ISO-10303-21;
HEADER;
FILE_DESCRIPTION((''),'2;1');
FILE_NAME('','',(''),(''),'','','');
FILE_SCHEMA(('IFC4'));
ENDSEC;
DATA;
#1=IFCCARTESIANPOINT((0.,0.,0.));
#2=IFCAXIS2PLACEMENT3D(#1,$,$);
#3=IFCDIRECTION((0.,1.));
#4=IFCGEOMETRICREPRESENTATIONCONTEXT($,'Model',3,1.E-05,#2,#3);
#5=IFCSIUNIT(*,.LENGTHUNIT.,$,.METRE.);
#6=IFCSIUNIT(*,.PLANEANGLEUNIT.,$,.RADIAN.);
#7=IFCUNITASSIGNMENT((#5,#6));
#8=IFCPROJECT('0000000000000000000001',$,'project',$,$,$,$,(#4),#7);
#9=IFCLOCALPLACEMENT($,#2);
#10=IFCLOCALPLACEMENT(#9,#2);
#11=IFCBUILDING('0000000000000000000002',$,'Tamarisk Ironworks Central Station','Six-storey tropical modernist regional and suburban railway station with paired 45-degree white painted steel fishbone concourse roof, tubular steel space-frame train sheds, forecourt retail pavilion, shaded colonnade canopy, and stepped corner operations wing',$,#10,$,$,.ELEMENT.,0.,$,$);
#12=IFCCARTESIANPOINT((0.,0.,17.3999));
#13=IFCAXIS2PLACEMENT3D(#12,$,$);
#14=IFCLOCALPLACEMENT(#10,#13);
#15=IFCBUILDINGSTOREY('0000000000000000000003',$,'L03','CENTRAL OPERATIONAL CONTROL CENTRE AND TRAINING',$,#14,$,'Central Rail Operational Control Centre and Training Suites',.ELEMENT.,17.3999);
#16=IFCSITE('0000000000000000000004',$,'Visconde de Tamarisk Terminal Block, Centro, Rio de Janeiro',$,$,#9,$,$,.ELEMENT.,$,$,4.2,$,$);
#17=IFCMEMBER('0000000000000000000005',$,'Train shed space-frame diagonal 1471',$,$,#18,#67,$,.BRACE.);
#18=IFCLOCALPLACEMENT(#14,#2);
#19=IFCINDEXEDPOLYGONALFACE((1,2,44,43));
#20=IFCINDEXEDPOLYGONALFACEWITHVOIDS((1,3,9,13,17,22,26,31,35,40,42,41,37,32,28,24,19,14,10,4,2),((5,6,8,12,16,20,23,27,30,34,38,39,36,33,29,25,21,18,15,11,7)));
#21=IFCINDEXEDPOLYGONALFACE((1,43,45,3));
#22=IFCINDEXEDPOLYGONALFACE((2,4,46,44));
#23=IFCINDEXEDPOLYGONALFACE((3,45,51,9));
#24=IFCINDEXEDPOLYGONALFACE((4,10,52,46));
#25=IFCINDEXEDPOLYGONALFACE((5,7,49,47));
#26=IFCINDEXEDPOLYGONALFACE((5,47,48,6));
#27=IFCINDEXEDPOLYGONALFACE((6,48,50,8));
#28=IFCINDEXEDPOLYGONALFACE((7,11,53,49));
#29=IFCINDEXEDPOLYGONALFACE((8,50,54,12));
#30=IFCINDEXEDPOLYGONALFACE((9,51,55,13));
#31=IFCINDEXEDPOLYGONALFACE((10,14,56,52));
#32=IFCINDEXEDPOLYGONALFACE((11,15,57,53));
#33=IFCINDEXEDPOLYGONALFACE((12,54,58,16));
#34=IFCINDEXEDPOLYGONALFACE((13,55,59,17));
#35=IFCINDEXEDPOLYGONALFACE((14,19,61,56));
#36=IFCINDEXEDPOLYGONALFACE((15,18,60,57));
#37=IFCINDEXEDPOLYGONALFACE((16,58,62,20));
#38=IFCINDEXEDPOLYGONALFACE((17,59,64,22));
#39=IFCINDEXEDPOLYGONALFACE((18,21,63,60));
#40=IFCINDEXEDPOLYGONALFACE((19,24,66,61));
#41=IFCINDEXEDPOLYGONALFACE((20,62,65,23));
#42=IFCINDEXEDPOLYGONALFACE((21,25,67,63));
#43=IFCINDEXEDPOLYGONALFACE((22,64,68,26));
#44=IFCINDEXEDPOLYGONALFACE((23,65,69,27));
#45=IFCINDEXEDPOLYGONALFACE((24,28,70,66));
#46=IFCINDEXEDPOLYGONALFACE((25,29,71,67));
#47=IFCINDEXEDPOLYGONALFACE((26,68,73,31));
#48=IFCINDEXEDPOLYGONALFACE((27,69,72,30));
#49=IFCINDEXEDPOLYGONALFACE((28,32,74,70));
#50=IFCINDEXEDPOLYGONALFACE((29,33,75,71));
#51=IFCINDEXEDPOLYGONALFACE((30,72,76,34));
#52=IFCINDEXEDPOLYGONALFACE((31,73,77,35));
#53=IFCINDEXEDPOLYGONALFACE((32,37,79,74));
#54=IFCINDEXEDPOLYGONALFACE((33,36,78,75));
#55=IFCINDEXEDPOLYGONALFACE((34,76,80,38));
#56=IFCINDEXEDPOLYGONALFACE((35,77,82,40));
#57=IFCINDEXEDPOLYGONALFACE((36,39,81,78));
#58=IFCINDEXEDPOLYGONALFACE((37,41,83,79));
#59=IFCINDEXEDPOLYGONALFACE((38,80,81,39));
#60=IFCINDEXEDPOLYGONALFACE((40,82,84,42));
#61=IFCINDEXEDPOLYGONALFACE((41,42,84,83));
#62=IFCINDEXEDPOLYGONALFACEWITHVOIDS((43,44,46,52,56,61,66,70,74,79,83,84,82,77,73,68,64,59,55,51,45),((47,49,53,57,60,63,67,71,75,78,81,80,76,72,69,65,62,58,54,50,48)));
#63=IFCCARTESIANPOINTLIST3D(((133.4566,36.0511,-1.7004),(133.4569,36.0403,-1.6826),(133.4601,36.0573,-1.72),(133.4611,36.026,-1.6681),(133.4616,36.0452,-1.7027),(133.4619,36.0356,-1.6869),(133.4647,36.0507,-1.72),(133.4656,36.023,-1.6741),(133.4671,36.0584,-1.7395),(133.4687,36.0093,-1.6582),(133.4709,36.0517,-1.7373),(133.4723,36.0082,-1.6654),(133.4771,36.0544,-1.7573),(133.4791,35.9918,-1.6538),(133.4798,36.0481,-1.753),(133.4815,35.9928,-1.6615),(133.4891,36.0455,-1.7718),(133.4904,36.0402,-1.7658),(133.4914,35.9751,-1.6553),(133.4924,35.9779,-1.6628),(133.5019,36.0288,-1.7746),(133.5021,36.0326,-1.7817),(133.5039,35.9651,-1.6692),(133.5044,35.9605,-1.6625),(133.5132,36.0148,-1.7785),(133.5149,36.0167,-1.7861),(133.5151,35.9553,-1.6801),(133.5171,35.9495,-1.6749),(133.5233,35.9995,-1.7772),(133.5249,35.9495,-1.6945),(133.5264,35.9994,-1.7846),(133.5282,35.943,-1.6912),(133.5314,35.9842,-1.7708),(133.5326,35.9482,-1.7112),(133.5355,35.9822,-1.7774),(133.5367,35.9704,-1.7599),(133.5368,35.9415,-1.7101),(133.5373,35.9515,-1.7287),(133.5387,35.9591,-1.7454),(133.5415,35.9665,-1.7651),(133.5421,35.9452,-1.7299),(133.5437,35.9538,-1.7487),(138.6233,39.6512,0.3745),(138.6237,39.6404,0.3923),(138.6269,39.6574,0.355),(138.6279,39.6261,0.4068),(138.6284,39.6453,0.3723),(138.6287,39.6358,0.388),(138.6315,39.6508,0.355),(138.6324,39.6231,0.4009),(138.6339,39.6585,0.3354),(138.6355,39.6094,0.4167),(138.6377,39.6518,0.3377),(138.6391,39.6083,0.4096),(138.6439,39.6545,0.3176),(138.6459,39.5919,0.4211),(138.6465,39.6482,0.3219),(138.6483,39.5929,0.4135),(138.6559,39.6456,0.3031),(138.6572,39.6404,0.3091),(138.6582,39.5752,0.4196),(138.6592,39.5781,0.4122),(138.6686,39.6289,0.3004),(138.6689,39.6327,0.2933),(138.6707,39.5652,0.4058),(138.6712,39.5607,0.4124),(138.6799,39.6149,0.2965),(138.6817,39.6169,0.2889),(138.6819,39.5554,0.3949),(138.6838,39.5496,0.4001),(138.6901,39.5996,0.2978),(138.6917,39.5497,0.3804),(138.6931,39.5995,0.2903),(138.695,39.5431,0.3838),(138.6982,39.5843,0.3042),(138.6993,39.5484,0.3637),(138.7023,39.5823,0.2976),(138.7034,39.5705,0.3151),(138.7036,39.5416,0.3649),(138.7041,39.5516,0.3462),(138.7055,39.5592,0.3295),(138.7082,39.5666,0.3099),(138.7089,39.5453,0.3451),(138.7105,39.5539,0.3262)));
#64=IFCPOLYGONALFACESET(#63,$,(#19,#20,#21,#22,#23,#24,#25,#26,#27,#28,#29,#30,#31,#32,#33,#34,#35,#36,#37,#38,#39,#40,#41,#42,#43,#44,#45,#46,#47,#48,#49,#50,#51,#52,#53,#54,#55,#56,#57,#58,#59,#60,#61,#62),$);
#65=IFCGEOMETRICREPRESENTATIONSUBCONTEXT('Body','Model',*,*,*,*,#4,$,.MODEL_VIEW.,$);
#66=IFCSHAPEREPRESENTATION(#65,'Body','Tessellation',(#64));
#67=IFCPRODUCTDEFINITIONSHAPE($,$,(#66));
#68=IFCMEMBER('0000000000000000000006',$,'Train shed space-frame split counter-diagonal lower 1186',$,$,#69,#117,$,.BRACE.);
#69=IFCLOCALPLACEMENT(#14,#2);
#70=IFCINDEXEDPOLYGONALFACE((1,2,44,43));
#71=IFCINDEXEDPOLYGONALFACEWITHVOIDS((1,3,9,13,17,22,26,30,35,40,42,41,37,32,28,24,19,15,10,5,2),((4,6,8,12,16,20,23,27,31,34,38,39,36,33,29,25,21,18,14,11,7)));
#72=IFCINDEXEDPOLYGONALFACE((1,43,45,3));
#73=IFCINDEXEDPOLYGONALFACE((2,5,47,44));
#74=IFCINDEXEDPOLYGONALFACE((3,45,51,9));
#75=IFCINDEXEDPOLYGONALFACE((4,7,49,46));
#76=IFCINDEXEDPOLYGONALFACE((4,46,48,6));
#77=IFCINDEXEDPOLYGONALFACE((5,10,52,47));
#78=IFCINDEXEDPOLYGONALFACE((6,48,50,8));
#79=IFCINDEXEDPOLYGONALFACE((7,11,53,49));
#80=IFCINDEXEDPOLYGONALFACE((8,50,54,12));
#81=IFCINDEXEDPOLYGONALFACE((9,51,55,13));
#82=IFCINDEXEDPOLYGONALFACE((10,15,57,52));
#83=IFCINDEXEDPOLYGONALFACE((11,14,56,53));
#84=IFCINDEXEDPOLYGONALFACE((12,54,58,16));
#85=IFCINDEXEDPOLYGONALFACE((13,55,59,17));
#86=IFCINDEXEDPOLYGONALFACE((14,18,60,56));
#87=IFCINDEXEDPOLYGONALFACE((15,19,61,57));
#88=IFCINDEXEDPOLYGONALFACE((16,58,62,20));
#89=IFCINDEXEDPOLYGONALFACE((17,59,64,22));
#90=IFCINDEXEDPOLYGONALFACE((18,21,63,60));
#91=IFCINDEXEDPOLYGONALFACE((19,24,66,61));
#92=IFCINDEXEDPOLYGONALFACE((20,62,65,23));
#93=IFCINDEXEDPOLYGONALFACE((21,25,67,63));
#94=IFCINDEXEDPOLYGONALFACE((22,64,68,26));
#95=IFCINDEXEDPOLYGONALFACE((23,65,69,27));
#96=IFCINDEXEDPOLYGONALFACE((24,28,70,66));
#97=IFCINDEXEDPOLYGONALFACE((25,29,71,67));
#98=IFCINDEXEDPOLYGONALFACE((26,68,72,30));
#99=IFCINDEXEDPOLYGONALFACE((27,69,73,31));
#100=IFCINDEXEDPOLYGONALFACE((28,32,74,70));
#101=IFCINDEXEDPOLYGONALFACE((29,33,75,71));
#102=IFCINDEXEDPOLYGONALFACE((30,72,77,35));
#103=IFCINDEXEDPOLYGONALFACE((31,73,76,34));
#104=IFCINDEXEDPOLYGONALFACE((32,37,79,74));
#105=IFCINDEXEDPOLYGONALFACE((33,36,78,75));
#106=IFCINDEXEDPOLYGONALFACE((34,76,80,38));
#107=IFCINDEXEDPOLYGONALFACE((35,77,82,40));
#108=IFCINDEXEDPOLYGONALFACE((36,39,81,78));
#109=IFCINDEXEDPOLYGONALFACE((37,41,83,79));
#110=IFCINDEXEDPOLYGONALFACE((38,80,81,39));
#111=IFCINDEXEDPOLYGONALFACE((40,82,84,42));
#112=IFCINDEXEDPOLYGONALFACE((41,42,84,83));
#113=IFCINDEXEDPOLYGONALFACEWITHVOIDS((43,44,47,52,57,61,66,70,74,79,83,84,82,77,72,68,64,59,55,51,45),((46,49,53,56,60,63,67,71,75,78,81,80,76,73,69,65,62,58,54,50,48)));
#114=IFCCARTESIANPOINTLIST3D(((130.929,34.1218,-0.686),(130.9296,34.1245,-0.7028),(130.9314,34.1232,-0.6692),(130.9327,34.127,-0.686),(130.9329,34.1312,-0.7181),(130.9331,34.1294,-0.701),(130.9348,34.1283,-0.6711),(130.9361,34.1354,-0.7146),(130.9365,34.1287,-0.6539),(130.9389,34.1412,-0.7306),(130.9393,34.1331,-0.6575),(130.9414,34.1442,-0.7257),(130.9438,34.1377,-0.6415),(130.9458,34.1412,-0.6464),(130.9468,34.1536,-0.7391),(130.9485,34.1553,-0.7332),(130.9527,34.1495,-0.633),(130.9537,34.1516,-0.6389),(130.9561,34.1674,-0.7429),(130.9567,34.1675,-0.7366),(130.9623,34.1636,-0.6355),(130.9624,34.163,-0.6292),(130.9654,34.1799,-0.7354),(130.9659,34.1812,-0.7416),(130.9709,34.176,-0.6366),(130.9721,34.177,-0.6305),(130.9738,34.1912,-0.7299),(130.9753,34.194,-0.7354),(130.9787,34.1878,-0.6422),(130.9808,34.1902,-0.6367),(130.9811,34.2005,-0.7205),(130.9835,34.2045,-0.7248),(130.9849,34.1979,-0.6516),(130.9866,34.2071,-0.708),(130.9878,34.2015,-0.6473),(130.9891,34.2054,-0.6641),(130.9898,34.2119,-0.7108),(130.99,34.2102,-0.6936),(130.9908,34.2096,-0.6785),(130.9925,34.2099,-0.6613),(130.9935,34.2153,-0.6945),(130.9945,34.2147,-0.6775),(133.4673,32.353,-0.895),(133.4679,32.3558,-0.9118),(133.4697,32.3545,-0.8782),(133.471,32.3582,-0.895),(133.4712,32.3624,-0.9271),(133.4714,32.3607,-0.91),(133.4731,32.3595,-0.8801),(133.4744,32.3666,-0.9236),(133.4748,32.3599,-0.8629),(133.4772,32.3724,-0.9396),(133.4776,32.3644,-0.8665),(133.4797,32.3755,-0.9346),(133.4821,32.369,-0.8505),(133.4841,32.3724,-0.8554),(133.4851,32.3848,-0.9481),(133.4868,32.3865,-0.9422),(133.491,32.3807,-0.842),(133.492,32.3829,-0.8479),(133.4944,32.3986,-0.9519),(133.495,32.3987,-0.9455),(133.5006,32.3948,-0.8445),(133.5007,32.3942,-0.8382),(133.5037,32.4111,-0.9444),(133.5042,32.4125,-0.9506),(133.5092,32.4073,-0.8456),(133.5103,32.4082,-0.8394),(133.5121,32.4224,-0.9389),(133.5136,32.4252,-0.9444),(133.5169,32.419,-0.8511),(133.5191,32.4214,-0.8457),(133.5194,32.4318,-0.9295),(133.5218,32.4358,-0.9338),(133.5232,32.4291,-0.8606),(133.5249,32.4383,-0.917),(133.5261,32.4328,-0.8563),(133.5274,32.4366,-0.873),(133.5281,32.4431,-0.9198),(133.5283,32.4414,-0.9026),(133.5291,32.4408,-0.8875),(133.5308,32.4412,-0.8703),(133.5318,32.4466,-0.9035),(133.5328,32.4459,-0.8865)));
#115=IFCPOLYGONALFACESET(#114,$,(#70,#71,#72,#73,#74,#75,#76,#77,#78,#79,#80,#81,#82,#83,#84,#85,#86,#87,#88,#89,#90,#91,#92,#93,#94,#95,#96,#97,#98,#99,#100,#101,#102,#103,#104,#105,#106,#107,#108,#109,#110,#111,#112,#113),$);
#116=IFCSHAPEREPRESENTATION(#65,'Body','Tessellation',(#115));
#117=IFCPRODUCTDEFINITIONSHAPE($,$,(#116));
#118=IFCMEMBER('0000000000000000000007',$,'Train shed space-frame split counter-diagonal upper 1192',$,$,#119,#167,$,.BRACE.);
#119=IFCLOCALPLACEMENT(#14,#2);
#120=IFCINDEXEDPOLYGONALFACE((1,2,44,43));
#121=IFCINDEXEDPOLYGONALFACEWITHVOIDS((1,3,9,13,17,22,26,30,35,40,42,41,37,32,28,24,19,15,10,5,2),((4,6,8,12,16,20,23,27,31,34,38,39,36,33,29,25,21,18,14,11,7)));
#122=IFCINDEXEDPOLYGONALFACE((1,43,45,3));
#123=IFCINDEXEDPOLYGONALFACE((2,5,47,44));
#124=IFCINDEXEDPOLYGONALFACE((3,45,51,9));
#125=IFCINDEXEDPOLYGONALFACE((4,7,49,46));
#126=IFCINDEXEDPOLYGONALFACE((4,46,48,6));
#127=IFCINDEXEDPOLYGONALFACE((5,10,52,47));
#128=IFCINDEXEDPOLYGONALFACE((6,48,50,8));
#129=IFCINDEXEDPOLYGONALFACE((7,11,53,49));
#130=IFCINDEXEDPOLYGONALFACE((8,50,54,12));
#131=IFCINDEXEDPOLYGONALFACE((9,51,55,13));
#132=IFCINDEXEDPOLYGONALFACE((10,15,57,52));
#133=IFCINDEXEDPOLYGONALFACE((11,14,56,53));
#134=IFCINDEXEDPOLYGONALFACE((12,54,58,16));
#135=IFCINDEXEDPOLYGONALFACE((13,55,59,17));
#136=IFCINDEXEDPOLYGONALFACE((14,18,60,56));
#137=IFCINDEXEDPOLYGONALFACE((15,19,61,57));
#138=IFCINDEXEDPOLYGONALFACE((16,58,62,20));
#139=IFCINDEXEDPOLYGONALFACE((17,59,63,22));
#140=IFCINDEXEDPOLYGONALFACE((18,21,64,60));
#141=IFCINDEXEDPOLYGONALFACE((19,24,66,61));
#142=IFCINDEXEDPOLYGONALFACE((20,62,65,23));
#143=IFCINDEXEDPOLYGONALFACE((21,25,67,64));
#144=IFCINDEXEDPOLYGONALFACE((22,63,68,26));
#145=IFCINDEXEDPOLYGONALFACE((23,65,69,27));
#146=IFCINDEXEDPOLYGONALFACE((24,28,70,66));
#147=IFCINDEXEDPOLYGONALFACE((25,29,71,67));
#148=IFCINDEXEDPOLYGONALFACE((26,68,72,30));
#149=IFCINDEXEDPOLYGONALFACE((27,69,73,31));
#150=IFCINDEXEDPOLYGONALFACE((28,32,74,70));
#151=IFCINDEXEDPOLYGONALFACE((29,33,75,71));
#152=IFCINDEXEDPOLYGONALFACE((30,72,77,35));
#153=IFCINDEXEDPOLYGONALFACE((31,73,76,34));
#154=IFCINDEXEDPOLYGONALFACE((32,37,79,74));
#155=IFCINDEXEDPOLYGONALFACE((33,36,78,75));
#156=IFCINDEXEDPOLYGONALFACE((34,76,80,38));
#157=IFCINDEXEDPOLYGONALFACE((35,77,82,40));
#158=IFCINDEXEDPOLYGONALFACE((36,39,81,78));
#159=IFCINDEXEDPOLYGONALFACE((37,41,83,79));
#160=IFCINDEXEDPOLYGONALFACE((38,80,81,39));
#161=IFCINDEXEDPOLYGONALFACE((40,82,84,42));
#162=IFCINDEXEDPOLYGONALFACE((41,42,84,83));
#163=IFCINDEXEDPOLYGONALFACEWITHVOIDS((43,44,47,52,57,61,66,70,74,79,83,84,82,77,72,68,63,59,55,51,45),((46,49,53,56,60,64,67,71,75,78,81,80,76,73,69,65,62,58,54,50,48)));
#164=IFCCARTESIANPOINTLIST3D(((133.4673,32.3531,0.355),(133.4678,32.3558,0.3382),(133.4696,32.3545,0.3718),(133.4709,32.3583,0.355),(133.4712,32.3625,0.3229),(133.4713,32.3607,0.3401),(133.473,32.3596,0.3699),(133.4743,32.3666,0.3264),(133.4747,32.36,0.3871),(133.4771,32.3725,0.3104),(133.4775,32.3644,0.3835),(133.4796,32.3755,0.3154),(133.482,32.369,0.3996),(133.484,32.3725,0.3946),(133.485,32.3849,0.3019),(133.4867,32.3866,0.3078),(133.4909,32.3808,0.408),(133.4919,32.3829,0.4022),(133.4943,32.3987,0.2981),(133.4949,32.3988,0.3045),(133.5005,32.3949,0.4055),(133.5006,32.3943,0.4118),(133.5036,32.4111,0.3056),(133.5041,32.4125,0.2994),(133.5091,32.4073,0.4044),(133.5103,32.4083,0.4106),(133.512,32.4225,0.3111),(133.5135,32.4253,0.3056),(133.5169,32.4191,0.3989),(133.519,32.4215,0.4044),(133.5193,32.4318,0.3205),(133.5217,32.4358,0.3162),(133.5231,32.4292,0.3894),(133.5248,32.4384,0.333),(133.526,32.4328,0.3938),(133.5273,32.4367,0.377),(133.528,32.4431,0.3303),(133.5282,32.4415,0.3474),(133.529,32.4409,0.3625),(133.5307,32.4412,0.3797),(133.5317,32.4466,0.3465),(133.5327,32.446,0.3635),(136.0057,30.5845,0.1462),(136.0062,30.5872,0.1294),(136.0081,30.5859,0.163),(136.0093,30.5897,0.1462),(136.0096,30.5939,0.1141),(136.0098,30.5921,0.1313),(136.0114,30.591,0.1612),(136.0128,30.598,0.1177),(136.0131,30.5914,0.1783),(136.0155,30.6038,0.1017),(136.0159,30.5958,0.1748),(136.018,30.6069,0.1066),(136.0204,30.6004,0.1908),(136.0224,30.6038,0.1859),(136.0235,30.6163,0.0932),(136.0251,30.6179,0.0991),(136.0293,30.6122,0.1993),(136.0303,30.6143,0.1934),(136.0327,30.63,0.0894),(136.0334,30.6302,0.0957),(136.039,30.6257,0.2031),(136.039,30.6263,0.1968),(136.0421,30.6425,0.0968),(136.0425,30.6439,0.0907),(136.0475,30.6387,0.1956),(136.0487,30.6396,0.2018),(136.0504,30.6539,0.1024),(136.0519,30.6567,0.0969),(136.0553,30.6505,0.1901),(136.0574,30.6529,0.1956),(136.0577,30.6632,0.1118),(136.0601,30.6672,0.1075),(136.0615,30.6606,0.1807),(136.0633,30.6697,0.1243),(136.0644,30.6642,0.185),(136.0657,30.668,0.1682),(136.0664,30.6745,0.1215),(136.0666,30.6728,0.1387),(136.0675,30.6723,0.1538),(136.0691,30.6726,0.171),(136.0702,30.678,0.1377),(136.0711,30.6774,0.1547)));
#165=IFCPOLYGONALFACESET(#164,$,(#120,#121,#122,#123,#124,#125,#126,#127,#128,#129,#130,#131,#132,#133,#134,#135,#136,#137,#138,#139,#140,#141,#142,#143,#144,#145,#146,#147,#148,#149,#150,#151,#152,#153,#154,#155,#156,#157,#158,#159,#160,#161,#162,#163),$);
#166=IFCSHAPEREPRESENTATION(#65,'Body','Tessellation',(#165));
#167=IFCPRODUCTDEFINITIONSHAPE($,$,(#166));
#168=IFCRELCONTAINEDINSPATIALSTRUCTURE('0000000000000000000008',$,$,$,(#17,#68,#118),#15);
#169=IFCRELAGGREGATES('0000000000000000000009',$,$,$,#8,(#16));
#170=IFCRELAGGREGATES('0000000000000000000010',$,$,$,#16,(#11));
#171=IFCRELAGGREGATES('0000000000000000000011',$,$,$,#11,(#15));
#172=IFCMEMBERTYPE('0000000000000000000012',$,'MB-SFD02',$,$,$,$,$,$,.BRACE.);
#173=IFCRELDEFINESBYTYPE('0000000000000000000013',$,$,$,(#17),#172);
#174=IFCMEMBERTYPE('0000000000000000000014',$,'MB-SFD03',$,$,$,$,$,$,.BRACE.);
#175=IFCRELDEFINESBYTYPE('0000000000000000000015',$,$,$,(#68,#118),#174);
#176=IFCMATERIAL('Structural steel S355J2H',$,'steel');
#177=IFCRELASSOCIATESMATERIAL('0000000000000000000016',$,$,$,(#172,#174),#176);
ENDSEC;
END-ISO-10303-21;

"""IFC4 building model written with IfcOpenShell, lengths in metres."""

from ifc_helpers import new_model, si_unit, direction, frame, origin, origin_2d, place, context, subcontext, project, spatial, hollow_circle, extrude, material, material_profile, profile_set, type_object, element, save


model = new_model("IFC4")

# Units and contexts
model_context = context("Model", 3, precision=1e-05, world=origin(), true_north=direction((0.0, 1.0)))
body_context = subcontext(model_context, "Body", "Model", "MODEL_VIEW")
ifc_project = project(units=[si_unit("LENGTHUNIT", "METRE"), si_unit("PLANEANGLEUNIT", "RADIAN")], contexts=[model_context])

# Site, building, storey
site_placement = place(None, origin())
site = spatial("IfcSite", under=ifc_project, at=site_placement, Name="Visconde de Tamarisk Terminal Block, Centro, Rio de Janeiro", CompositionType="ELEMENT", RefElevation=4.2)
building_placement = place(site_placement, origin())
building = spatial("IfcBuilding", under=site, at=building_placement, Name="Tamarisk Ironworks Central Station", Description="Six-storey tropical modernist regional and suburban railway station with paired 45-degree white painted steel fishbone concourse roof, tubular steel space-frame train sheds, forecourt retail pavilion, shaded colonnade canopy, and stepped corner operations wing", CompositionType="ELEMENT", ElevationOfRefHeight=0.0)
storey_placement = place(building_placement, frame((0.0, 0.0, 17.3999)))
storey = spatial("IfcBuildingStorey", under=building, at=storey_placement, Name="L03", Description="CENTRAL OPERATIONAL CONTROL CENTRE AND TRAINING", LongName="Central Rail Operational Control Centre and Training Suites", CompositionType="ELEMENT", Elevation=17.3999)

# Members
ifc_material_1 = material(Name="Structural steel S355J2H", Category="steel")
ifc_material_profile_1 = material_profile(ifc_material_1, hollow_circle(Radius=0.0698, WallThickness=0.0081, at=origin_2d()), Name="CHS 139.7x8")
ifc_profile_set_1 = profile_set([ifc_material_profile_1], Name="Structural steel S355J2H")
member_type_1 = type_object("IfcMemberType", Name="MB-SFD02", PredefinedType="BRACE", material=ifc_profile_set_1)
member_1_placement = place(storey_placement, frame((133.5, 36.0, -1.72), z_axis=(0.779258, 0.542973, 0.312948), x_axis=(-0.571689, 0.82047, 0.0)))
element("IfcMember", 1, at=member_1_placement, inside=storey, type_object=member_type_1, Name="Train shed space-frame diagonal 1471", PredefinedType="BRACE", context=body_context, shape_type="SweptSolid", body=[
    extrude(hollow_circle(Radius=0.0698, WallThickness=0.0081, at=origin_2d()), origin(), (0.0, 0.0, 1.0), 6.6304),
])
ifc_material_profile_2 = material_profile(ifc_material_1, hollow_circle(Radius=0.0571, WallThickness=0.0063, at=origin_2d()), Name="CHS 114.3x6.3")
ifc_profile_set_2 = profile_set([ifc_material_profile_2], Name="Structural steel S355J2H")
member_type_2 = type_object("IfcMemberType", Name="MB-SFD03", PredefinedType="BRACE", material=ifc_profile_set_2)
for number, where, z_axis, x_axis, name in (
    (2, (133.5, 32.3999, -0.895), (-0.818584, 0.570419, 0.067395), (-0.571719, -0.82045, 0.0), "Train shed space-frame split counter-diagonal lower 1186"),
    (3, (136.0383, 30.6313, 0.1462), (-0.818625, 0.570369, 0.06732), (-0.571666, -0.820487, 0.0), "Train shed space-frame split counter-diagonal upper 1192"),
):
    element("IfcMember", number, at=place(storey_placement, frame(where, z_axis=z_axis, x_axis=x_axis)), inside=storey, type_object=member_type_2, Name=name, PredefinedType="BRACE", context=body_context, shape_type="SweptSolid", body=[
        extrude(hollow_circle(Radius=0.0571, WallThickness=0.0063, at=origin_2d()), origin(), (0.0, 0.0, 1.0), 3.1008),
    ])

save(model, "model.ifc")
